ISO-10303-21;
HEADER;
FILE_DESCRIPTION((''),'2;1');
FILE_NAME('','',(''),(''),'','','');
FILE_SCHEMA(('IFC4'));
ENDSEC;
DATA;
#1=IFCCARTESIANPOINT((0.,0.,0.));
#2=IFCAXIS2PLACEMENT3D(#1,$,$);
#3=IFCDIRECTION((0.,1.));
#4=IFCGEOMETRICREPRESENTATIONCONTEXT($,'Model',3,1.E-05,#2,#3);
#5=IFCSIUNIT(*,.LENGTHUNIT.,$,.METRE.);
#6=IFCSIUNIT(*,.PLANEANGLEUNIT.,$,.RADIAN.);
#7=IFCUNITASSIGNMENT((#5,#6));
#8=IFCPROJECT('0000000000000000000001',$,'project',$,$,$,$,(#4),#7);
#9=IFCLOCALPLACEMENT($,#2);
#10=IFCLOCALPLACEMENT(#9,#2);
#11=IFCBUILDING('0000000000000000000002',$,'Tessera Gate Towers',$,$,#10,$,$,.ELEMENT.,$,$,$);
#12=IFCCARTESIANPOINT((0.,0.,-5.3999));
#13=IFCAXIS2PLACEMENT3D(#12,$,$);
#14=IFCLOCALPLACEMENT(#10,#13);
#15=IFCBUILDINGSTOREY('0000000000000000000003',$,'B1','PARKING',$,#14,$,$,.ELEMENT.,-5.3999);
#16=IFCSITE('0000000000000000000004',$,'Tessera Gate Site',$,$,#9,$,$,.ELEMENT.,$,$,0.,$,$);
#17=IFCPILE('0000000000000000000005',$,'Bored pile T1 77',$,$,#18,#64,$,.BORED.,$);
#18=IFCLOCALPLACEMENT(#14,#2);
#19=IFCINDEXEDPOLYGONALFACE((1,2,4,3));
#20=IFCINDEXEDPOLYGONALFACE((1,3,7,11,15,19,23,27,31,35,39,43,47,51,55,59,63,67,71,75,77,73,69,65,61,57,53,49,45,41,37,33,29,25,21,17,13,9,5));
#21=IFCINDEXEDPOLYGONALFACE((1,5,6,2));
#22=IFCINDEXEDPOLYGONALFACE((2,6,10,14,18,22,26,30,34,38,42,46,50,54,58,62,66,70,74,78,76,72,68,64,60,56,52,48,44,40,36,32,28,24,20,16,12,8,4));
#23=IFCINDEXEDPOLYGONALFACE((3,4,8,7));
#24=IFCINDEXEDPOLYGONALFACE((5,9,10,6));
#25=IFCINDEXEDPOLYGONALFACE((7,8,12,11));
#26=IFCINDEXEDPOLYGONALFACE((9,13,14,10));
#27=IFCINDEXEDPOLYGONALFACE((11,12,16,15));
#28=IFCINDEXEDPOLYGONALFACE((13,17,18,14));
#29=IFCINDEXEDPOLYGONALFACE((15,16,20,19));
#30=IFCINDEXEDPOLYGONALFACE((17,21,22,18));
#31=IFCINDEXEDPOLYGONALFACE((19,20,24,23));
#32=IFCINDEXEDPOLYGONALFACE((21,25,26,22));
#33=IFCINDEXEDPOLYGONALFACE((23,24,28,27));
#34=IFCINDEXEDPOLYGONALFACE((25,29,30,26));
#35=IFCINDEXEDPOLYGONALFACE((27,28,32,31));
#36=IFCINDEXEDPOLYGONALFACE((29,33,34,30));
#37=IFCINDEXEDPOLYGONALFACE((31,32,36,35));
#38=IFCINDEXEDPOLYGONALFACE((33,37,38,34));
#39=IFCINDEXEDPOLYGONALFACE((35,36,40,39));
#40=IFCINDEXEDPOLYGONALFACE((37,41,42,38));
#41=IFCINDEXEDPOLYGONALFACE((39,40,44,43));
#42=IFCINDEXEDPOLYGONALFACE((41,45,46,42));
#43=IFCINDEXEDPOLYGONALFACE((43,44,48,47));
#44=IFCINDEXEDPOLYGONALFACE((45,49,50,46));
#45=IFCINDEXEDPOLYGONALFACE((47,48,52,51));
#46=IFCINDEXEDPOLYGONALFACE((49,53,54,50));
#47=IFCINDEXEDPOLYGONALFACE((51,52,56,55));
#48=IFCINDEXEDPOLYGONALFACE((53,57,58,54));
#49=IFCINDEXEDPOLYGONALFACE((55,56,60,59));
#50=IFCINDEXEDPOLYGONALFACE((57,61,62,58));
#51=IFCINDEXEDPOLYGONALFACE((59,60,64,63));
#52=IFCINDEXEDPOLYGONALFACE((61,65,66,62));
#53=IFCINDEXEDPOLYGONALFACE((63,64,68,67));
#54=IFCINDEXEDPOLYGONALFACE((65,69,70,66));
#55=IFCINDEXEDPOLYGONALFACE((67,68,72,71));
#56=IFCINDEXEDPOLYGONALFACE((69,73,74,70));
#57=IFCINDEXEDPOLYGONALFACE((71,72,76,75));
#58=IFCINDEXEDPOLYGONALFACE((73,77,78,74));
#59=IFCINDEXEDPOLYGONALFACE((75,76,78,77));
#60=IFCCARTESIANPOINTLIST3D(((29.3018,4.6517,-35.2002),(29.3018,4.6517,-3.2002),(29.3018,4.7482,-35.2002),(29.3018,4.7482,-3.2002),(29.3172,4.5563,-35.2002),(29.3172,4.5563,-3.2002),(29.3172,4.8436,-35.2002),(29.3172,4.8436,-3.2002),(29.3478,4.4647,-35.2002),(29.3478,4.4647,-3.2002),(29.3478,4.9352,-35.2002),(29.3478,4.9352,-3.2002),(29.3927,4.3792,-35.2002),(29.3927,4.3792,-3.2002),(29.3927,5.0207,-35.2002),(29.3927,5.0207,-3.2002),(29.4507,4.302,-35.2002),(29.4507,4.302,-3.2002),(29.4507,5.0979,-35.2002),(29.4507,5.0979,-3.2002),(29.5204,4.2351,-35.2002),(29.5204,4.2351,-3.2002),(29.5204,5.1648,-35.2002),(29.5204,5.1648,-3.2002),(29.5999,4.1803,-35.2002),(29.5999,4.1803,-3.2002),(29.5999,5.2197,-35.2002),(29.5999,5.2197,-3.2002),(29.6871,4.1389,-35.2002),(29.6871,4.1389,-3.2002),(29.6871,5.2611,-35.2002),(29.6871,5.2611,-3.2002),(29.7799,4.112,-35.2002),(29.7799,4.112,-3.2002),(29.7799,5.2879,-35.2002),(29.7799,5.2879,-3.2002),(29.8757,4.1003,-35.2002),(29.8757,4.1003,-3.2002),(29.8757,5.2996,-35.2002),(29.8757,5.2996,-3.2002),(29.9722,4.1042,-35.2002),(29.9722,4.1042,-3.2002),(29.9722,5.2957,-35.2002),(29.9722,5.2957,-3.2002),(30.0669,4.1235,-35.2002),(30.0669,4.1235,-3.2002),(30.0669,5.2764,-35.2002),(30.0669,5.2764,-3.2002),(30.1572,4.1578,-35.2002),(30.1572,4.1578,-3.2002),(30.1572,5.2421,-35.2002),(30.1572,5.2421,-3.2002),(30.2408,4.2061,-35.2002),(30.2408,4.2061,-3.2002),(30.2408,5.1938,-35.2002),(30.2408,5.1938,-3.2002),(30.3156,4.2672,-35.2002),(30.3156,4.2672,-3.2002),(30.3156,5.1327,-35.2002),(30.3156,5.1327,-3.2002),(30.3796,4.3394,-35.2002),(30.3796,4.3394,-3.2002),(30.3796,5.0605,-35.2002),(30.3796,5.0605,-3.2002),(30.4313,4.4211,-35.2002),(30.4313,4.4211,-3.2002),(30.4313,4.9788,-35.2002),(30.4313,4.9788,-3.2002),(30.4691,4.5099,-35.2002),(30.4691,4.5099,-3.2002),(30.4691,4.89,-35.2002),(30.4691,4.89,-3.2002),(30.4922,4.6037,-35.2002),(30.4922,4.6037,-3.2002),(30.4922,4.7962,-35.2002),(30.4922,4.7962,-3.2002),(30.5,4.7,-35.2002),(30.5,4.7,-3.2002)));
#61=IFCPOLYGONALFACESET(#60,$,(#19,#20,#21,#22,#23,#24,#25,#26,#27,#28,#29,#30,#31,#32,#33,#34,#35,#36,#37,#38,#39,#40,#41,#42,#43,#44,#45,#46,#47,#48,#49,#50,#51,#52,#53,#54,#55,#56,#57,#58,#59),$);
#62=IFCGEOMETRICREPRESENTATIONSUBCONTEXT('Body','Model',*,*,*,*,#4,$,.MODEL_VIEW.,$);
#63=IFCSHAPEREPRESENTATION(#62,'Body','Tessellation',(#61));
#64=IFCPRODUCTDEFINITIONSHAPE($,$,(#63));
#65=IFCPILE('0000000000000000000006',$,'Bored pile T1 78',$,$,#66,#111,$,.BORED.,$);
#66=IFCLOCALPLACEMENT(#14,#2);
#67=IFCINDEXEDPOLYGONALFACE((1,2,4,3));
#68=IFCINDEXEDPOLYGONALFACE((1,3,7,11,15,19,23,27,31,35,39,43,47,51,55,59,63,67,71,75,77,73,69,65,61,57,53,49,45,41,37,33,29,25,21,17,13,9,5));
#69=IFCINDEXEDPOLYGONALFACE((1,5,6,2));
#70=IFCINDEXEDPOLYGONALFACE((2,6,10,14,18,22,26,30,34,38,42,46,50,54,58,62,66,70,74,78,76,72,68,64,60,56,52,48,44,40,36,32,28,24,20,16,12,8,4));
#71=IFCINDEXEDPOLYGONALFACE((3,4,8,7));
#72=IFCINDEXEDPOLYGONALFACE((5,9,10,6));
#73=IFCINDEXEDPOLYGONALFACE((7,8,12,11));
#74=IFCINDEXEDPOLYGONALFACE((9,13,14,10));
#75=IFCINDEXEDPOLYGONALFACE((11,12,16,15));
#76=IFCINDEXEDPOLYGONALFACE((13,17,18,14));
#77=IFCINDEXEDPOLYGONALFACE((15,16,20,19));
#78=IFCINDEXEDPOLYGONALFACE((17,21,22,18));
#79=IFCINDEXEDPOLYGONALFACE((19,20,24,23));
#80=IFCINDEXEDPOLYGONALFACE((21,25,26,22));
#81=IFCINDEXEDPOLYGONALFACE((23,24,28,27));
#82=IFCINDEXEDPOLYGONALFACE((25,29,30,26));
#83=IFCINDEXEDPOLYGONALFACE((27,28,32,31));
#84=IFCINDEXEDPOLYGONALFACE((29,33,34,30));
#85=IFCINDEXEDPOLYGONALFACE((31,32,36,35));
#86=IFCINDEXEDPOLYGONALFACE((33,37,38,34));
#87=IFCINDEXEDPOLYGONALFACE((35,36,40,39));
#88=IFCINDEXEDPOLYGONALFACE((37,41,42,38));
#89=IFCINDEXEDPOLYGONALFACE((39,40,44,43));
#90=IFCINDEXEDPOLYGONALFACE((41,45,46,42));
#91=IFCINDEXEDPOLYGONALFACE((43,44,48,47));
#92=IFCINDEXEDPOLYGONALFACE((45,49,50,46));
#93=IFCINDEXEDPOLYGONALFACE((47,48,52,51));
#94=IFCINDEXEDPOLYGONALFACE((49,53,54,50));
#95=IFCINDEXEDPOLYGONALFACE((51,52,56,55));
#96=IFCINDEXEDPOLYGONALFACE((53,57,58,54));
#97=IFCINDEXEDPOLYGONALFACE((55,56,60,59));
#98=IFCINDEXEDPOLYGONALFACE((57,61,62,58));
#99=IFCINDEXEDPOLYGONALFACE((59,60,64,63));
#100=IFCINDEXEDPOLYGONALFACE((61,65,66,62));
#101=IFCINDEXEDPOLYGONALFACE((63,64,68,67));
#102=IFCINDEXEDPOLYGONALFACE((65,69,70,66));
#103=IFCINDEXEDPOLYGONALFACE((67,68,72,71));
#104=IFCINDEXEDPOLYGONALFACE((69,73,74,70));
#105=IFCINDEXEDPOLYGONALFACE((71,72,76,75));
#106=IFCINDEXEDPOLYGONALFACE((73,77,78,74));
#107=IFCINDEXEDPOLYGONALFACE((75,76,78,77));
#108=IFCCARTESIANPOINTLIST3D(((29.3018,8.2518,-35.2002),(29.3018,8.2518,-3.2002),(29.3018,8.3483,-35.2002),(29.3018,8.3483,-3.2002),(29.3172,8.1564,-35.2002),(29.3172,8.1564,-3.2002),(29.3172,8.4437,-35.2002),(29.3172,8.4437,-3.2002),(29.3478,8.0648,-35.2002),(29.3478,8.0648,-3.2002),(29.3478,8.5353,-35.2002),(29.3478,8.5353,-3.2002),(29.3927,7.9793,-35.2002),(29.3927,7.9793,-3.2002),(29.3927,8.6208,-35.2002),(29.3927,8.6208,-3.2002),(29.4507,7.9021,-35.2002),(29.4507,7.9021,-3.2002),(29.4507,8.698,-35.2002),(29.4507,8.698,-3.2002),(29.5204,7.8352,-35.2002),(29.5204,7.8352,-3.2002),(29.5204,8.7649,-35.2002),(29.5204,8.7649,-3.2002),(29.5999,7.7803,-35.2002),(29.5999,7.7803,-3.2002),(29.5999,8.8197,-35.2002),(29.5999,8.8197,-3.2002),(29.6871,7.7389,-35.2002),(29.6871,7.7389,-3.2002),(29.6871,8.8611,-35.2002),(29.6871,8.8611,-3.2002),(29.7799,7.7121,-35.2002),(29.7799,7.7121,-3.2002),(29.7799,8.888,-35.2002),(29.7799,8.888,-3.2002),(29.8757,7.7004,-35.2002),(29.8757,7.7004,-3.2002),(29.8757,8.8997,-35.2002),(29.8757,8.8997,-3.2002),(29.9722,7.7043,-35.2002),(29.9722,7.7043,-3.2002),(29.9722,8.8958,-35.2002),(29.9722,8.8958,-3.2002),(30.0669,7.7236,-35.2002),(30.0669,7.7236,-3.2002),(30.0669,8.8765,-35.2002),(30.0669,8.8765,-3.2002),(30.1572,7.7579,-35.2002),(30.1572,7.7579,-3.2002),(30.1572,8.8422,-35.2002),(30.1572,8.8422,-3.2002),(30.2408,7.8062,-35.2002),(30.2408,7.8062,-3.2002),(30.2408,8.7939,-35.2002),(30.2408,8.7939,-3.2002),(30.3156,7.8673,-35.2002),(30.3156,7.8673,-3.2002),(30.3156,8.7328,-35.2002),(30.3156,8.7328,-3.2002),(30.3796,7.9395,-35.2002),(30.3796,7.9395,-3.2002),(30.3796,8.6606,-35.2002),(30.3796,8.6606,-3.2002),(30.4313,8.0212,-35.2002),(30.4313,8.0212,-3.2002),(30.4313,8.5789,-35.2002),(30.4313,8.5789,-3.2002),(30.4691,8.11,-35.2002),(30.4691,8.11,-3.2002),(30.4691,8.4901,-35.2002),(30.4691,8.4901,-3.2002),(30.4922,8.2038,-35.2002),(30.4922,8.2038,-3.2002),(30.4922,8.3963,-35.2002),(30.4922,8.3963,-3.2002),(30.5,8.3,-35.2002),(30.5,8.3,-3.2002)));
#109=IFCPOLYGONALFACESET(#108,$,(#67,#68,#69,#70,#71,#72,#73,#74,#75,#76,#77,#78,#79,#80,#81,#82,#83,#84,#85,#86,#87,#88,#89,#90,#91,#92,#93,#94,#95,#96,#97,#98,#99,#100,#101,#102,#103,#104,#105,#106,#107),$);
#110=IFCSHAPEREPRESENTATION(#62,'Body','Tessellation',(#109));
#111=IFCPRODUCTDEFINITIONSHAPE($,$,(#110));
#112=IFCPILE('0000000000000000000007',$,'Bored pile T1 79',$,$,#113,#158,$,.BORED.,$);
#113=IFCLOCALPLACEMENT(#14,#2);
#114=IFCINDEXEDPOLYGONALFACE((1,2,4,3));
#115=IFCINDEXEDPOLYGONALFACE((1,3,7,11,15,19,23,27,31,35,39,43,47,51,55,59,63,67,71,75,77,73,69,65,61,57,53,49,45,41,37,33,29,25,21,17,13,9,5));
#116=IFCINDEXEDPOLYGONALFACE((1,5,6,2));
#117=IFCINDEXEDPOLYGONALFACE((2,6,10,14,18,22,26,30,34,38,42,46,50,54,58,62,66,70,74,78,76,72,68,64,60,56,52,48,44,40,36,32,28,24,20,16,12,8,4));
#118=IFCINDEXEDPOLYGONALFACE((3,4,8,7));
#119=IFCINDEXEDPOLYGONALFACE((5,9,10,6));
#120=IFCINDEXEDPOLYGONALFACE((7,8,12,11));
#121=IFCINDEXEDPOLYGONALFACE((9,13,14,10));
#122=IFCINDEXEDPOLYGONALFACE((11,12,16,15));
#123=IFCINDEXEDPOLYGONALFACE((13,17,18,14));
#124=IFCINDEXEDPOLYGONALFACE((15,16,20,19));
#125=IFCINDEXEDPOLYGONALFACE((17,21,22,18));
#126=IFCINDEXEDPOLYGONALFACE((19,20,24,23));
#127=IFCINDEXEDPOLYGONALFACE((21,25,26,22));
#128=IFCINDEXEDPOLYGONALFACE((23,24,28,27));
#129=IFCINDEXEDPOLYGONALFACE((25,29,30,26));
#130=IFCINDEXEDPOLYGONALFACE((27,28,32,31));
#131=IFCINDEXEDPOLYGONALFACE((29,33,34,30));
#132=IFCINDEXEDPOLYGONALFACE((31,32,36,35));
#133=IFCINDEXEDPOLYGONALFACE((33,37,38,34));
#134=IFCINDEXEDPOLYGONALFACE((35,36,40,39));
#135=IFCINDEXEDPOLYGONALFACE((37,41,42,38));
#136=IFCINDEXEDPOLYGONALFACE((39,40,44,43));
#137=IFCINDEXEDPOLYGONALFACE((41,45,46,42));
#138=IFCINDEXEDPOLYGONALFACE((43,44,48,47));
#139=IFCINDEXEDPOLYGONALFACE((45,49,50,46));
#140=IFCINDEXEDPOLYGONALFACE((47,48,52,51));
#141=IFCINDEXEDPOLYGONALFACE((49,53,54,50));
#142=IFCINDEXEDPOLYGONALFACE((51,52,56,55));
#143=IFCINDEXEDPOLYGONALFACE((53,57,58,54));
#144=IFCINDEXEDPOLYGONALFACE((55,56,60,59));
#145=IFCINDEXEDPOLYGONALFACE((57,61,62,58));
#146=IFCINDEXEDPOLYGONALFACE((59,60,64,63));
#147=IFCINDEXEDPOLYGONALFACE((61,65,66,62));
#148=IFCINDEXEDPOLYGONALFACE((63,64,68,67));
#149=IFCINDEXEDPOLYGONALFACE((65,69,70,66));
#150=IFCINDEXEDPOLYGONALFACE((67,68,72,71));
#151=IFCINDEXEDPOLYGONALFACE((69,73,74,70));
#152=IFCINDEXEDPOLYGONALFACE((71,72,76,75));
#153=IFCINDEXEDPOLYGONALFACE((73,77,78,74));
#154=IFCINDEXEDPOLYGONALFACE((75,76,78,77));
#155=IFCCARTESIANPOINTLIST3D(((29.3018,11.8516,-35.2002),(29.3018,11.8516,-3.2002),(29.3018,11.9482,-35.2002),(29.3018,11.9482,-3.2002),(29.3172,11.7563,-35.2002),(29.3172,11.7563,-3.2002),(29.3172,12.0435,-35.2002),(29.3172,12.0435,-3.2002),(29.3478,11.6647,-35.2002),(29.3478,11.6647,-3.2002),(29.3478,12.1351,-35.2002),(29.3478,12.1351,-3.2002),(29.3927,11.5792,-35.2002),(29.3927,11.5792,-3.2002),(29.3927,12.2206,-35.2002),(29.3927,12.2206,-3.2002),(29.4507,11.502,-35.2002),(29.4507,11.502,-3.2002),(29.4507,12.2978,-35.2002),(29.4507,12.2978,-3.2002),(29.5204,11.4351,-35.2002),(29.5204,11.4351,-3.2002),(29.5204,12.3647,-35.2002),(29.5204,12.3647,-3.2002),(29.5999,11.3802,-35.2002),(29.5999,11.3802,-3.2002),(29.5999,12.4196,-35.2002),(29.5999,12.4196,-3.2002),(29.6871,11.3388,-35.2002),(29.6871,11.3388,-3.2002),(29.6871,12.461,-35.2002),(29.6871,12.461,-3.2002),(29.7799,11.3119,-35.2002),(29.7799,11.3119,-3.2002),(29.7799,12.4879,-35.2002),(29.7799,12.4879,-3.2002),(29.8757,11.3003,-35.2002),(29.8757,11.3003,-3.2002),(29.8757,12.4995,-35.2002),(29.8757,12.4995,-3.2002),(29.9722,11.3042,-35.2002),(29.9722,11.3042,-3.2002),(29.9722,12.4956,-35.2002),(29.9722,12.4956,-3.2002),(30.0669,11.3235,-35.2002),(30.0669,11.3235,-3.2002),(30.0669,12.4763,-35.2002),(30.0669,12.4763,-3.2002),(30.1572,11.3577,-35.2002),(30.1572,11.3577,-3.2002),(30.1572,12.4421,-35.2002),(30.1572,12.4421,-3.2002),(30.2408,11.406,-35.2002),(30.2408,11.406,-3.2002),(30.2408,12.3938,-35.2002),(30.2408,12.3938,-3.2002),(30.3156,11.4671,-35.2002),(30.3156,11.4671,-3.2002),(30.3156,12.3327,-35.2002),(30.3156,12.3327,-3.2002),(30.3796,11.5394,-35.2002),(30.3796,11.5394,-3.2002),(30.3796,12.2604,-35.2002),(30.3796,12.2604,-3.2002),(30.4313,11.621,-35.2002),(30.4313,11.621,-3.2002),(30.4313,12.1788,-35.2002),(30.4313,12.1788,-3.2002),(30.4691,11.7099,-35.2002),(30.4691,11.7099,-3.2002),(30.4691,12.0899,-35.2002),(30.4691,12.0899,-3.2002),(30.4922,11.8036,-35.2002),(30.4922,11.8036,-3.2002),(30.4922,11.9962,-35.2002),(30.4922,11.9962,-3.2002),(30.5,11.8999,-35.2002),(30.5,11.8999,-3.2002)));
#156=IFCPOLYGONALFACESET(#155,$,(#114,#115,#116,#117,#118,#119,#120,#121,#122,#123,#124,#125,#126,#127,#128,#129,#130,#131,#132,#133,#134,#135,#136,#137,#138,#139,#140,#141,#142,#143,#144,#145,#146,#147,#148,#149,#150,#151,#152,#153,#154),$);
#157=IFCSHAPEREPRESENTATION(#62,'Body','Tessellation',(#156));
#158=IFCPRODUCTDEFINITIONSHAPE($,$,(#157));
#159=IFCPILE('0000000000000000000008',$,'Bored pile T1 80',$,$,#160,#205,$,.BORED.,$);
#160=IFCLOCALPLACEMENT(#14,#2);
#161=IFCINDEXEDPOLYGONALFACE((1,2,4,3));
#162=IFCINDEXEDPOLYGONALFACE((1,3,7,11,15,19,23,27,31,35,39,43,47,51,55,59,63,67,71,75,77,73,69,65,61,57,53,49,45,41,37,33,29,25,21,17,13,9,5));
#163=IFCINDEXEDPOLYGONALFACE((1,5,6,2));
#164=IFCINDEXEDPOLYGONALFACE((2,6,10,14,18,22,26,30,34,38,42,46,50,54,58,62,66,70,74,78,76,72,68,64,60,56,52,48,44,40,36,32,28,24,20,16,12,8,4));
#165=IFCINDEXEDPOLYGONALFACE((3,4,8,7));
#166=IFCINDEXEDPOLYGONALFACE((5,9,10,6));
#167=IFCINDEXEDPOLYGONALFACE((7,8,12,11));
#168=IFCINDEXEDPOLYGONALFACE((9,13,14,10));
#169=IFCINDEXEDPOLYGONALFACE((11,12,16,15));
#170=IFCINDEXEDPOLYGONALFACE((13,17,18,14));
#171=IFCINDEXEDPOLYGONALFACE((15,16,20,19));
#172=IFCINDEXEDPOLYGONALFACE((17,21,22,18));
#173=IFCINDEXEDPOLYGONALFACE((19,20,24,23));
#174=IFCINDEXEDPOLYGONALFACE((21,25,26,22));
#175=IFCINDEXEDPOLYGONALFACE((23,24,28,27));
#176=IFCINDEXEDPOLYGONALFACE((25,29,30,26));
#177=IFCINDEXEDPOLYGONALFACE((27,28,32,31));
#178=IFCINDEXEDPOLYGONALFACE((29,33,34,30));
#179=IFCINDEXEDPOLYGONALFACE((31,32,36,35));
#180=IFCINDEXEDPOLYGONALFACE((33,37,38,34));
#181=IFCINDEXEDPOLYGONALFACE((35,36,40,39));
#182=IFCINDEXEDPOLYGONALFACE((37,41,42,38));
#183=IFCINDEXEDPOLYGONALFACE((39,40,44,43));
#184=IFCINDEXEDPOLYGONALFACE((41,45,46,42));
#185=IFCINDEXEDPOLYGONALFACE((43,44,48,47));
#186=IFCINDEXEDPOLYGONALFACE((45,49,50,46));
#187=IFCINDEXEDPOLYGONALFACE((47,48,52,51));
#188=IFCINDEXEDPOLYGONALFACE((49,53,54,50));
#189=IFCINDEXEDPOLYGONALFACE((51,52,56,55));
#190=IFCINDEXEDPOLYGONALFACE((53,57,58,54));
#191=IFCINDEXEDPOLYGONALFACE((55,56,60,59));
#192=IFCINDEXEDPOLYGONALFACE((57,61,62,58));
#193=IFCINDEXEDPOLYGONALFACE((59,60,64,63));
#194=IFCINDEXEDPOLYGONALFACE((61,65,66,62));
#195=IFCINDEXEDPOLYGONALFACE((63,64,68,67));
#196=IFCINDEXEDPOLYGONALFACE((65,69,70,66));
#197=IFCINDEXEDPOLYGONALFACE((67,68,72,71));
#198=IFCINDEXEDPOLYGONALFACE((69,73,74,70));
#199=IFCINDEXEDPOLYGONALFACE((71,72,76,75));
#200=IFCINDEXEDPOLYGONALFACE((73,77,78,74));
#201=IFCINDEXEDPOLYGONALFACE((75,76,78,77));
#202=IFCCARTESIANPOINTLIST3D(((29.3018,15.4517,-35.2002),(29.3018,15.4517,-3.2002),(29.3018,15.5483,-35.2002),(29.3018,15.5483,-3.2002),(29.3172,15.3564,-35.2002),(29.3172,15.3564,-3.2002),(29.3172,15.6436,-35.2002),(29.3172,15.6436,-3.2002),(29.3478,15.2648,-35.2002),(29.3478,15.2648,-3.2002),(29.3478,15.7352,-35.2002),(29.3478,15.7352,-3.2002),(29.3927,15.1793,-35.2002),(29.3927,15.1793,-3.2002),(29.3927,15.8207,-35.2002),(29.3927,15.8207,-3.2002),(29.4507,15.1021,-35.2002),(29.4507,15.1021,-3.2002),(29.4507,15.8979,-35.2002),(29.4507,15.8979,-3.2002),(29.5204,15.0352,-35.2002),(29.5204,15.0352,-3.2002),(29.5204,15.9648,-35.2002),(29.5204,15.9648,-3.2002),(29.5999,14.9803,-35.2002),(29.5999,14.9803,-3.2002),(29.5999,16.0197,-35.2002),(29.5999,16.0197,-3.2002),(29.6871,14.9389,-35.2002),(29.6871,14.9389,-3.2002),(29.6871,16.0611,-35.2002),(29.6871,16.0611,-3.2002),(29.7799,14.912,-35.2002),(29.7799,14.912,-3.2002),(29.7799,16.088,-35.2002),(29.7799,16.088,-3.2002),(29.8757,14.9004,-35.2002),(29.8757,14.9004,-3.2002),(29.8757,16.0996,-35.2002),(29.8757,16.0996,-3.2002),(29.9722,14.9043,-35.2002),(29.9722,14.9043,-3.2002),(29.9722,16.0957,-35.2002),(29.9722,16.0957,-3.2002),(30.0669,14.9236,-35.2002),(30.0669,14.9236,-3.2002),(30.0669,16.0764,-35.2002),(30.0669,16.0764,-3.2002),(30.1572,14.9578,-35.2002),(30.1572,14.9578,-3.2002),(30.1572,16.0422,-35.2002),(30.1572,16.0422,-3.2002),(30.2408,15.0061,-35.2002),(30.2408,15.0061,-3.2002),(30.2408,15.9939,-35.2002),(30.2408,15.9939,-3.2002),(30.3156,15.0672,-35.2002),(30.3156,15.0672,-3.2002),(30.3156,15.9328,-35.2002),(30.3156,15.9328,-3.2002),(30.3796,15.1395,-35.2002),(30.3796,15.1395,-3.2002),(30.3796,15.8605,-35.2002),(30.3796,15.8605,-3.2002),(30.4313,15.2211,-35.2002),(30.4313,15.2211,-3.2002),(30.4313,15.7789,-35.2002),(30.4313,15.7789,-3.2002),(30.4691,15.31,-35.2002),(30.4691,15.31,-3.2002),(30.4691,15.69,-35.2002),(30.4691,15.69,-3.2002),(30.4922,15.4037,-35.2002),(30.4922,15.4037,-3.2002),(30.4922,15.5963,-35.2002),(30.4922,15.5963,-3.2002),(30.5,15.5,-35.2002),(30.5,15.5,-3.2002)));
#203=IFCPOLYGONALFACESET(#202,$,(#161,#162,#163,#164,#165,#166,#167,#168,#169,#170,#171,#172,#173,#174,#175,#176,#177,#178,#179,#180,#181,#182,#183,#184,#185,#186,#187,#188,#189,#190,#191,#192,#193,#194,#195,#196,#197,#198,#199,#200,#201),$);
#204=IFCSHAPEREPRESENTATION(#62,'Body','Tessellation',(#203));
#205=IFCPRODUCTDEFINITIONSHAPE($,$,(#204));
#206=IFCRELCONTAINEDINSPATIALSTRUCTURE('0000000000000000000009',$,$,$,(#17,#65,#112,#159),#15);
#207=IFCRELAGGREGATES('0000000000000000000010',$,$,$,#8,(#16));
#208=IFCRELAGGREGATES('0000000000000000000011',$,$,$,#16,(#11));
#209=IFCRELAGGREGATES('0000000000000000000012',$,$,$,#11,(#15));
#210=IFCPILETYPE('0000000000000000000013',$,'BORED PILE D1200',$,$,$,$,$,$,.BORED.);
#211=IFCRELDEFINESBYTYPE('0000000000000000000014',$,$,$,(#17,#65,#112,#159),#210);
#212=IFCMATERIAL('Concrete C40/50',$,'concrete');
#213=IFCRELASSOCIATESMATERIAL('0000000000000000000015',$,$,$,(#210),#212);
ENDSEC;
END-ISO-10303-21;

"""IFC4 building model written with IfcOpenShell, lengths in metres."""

from ifc_helpers import new_model, si_unit, direction, frame, origin, origin_2d, place, context, subcontext, project, spatial, circle, extrude, material, material_profile, profile_set, type_object, element, save


model = new_model("IFC4")

# Units and contexts
model_context = context("Model", 3, precision=1e-05, world=origin(), true_north=direction((0.0, 1.0)))
body_context = subcontext(model_context, "Body", "Model", "MODEL_VIEW")
ifc_project = project(units=[si_unit("LENGTHUNIT", "METRE"), si_unit("PLANEANGLEUNIT", "RADIAN")], contexts=[model_context])

# Site, building, storey
site_placement = place(None, origin())
site = spatial("IfcSite", under=ifc_project, at=site_placement, Name="Tessera Gate Site", CompositionType="ELEMENT", RefElevation=0.0)
building_placement = place(site_placement, origin())
building = spatial("IfcBuilding", under=site, at=building_placement, Name="Tessera Gate Towers", CompositionType="ELEMENT")
storey_placement = place(building_placement, frame((0.0, 0.0, -5.3999)))
storey = spatial("IfcBuildingStorey", under=building, at=storey_placement, Name="B1", Description="PARKING", CompositionType="ELEMENT", Elevation=-5.3999)

# Piles
ifc_material_1 = material(Name="Concrete C40/50", Category="concrete")
ifc_material_profile_1 = material_profile(ifc_material_1, circle(Radius=0.6001, at=origin_2d()), Name="BORED PILE D1200")
ifc_profile_set_1 = profile_set([ifc_material_profile_1], Name="Concrete C40/50")
pile_type = type_object("IfcPileType", Name="BORED PILE D1200", PredefinedType="BORED", material=ifc_profile_set_1)
for number, where, z_axis, x_axis, name in (
    (1, (29.8999, 4.7, -3.2002), (0.0, 0.0, -1.0), (1.0, 0.0, 0.0), "Bored pile T1 77"),
    (2, (29.8999, 8.3, -3.2002), (0.0, 0.0, -1.0), (1.0, 0.0, 0.0), "Bored pile T1 78"),
    (3, (29.8999, 11.8999, -3.2002), (0.0, 0.0, -1.0), (1.0, 0.0, 0.0), "Bored pile T1 79"),
    (4, (29.8999, 15.5, -3.2002), (0.0, 0.0, -1.0), (1.0, 0.0, 0.0), "Bored pile T1 80"),
):
    element("IfcPile", number, at=place(storey_placement, frame(where, z_axis=z_axis, x_axis=x_axis)), inside=storey, type_object=pile_type, Name=name, PredefinedType="BORED", context=body_context, shape_type="SweptSolid", body=[
        extrude(circle(Radius=0.6001, at=origin_2d()), origin(), (0.0, 0.0, 1.0), 32.0),
    ])

save(model, "model.ifc")
